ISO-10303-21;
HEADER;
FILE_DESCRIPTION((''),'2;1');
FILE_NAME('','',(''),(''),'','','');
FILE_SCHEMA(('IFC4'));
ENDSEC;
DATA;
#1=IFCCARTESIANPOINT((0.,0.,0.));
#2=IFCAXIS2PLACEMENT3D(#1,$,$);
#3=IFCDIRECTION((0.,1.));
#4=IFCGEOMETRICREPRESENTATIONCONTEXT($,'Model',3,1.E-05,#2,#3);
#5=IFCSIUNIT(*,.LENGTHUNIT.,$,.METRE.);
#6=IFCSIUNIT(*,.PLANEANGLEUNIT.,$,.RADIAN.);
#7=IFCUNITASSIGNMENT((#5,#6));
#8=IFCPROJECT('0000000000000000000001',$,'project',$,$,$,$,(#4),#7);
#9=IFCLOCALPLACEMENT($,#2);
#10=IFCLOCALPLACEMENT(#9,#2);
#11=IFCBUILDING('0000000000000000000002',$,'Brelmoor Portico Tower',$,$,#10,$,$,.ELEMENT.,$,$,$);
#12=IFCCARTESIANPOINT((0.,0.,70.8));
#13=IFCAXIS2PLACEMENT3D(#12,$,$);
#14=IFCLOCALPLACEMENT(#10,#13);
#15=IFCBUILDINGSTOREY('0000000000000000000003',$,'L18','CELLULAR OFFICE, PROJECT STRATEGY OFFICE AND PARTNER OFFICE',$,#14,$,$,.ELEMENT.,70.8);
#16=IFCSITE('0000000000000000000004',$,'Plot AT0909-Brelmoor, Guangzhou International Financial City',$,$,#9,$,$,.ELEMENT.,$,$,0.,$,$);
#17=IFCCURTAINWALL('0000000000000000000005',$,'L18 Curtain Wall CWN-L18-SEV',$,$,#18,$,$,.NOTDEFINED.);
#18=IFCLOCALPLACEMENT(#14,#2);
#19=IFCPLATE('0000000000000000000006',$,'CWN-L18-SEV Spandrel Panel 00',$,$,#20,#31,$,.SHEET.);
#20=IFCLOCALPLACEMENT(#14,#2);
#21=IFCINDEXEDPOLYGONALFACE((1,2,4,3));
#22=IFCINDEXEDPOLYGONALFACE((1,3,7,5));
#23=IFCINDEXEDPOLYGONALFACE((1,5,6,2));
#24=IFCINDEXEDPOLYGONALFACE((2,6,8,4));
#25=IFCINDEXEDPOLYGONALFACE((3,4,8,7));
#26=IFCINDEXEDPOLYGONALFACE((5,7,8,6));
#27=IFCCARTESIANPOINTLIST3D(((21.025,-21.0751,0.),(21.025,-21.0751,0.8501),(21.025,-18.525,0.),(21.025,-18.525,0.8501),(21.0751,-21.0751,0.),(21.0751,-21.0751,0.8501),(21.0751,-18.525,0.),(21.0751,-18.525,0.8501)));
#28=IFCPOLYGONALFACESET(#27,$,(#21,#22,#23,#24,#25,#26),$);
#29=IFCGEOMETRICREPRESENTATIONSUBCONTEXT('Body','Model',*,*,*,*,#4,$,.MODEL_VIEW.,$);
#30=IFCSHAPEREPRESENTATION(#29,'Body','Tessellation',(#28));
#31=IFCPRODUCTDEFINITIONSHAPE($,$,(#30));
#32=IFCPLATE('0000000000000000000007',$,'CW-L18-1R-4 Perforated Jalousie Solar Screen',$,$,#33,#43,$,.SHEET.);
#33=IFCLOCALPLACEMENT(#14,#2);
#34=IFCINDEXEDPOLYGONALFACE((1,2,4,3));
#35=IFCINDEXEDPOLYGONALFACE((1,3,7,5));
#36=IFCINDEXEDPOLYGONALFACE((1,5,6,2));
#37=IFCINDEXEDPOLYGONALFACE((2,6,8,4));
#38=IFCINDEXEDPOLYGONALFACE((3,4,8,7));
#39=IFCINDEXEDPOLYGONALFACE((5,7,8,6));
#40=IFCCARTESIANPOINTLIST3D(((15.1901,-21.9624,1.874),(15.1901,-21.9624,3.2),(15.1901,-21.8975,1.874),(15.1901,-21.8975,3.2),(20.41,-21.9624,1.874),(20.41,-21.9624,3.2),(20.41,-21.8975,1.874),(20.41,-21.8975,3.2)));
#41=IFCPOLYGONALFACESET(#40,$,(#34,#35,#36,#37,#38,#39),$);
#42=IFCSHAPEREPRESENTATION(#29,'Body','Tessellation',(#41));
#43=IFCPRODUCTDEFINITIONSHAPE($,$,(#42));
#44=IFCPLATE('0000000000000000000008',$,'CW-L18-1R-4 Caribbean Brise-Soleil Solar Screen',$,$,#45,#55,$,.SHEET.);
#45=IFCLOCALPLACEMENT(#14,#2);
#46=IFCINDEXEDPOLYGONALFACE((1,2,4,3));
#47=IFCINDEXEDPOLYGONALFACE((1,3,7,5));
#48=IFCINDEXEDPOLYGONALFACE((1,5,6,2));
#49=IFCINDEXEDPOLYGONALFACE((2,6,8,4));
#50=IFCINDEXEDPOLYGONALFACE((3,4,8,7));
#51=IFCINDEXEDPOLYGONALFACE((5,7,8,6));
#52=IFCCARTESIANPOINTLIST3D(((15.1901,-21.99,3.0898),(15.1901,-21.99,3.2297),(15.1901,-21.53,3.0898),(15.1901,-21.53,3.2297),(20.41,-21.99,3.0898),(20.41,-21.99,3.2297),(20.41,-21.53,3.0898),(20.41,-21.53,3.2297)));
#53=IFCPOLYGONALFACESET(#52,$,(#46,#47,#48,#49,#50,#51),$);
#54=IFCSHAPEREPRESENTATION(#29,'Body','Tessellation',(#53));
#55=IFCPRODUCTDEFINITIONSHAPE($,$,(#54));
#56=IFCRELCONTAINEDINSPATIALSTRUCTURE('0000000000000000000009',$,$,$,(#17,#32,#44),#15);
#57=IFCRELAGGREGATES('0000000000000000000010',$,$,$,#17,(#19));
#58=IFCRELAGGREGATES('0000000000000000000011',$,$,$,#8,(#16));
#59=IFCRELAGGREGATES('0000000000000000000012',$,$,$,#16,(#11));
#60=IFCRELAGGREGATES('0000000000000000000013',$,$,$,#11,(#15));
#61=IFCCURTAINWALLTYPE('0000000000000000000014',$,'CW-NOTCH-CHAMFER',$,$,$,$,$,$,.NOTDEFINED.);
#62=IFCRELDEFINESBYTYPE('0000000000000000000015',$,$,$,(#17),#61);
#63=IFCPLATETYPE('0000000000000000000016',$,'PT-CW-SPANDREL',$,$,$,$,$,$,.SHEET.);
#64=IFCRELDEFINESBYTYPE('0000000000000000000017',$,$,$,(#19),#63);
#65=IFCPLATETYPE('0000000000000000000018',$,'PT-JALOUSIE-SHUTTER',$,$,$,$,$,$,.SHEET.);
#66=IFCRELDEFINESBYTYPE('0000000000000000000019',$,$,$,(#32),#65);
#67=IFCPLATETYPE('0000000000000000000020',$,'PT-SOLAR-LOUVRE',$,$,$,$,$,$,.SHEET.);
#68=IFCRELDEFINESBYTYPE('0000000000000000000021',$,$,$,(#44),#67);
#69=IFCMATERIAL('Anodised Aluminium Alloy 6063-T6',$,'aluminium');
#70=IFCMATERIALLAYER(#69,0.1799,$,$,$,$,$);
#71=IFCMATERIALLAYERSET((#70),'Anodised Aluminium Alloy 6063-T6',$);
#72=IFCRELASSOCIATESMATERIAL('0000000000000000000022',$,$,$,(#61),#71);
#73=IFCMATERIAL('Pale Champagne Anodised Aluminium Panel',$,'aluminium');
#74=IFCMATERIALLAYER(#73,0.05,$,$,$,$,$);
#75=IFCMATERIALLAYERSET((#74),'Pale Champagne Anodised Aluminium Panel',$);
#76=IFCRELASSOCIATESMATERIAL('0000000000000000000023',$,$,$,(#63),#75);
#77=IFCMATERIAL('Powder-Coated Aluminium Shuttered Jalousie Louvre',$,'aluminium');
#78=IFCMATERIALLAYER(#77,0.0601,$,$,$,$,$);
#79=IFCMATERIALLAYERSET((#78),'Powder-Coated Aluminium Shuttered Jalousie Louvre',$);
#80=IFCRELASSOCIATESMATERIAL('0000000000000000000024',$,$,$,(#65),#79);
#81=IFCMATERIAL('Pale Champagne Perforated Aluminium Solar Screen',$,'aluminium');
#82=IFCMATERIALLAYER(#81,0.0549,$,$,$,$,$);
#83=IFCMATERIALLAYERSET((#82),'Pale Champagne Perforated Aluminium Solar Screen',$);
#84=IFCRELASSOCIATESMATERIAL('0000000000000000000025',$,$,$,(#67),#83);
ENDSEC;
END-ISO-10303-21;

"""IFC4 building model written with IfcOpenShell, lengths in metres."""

from ifc_helpers import new_model, si_unit, direction, frame, origin, origin_2d, place, context, subcontext, project, spatial, rectangle, extrude, material, layer, layer_set, type_object, element, aggregate, save


model = new_model("IFC4")

# Units and contexts
model_context = context("Model", 3, precision=1e-05, world=origin(), true_north=direction((0.0, 1.0)))
body_context = subcontext(model_context, "Body", "Model", "MODEL_VIEW")
ifc_project = project(units=[si_unit("LENGTHUNIT", "METRE"), si_unit("PLANEANGLEUNIT", "RADIAN")], contexts=[model_context])

# Site, building, storey
site_placement = place(None, origin())
site = spatial("IfcSite", under=ifc_project, at=site_placement, Name="Plot AT0909-Brelmoor, Guangzhou International Financial City", CompositionType="ELEMENT", RefElevation=0.0)
building_placement = place(site_placement, origin())
building = spatial("IfcBuilding", under=site, at=building_placement, Name="Brelmoor Portico Tower", CompositionType="ELEMENT")
storey_placement = place(building_placement, frame((0.0, 0.0, 70.8)))
storey = spatial("IfcBuildingStorey", under=building, at=storey_placement, Name="L18", Description="CELLULAR OFFICE, PROJECT STRATEGY OFFICE AND PARTNER OFFICE", CompositionType="ELEMENT", Elevation=70.8)

# Curtain wall
ifc_material_1 = material(Name="Anodised Aluminium Alloy 6063-T6", Category="aluminium")
ifc_layer_1 = layer(ifc_material_1, 0.1799)
ifc_layer_set_1 = layer_set([ifc_layer_1], Name="Anodised Aluminium Alloy 6063-T6")
curtain_wall_type_1 = type_object("IfcCurtainWallType", Name="CW-NOTCH-CHAMFER", PredefinedType="NOTDEFINED", material=ifc_layer_set_1)
curtain_wall_1_placement = place(storey_placement, origin())
curtain_wall_1 = element("IfcCurtainWall", 1, at=curtain_wall_1_placement, inside=storey, type_object=curtain_wall_type_1, Name="L18 Curtain Wall CWN-L18-SEV", PredefinedType="NOTDEFINED")

# Plate
ifc_material_2 = material(Name="Pale Champagne Anodised Aluminium Panel", Category="aluminium")
ifc_layer_2 = layer(ifc_material_2, 0.05)
ifc_layer_set_2 = layer_set([ifc_layer_2], Name="Pale Champagne Anodised Aluminium Panel")
plate_type_1 = type_object("IfcPlateType", Name="PT-CW-SPANDREL", PredefinedType="SHEET", material=ifc_layer_set_2)
plate_1_placement = place(storey_placement, frame((21.05, -19.8, 0.0), z_axis=(0.0, 0.0, 1.0), x_axis=(0.0, 1.0, 0.0)))
plate_1 = element("IfcPlate", 2, at=plate_1_placement, type_object=plate_type_1, Name="CWN-L18-SEV Spandrel Panel 00", PredefinedType="SHEET", context=body_context, shape_type="SweptSolid", body=[
    extrude(rectangle(XDim=2.55, YDim=0.05, at=origin_2d()), origin(), (0.0, 0.0, 1.0), 0.8501),
])
aggregate(curtain_wall_1, [plate_1])

# Plates
ifc_material_3 = material(Name="Powder-Coated Aluminium Shuttered Jalousie Louvre", Category="aluminium")
ifc_layer_3 = layer(ifc_material_3, 0.0601)
ifc_layer_set_3 = layer_set([ifc_layer_3], Name="Powder-Coated Aluminium Shuttered Jalousie Louvre")
plate_type_2 = type_object("IfcPlateType", Name="PT-JALOUSIE-SHUTTER", PredefinedType="SHEET", material=ifc_layer_set_3)
plate_2_placement = place(storey_placement, frame((17.8, -21.9299, 1.874), z_axis=(0.0, 0.0, 1.0), x_axis=(1.0, 0.0, 0.0)))
element("IfcPlate", 3, at=plate_2_placement, inside=storey, type_object=plate_type_2, Name="CW-L18-1R-4 Perforated Jalousie Solar Screen", PredefinedType="SHEET", context=body_context, shape_type="SweptSolid", body=[
    extrude(rectangle(XDim=5.22, YDim=0.0649, at=origin_2d()), origin(), (0.0, 0.0, 1.0), 1.3259),
])
ifc_material_4 = material(Name="Pale Champagne Perforated Aluminium Solar Screen", Category="aluminium")
ifc_layer_4 = layer(ifc_material_4, 0.0549)
ifc_layer_set_4 = layer_set([ifc_layer_4], Name="Pale Champagne Perforated Aluminium Solar Screen")
plate_type_3 = type_object("IfcPlateType", Name="PT-SOLAR-LOUVRE", PredefinedType="SHEET", material=ifc_layer_set_4)
plate_3_placement = place(storey_placement, frame((17.8, -21.76, 3.0898), z_axis=(0.0, 0.0, 1.0), x_axis=(1.0, 0.0, 0.0)))
element("IfcPlate", 4, at=plate_3_placement, inside=storey, type_object=plate_type_3, Name="CW-L18-1R-4 Caribbean Brise-Soleil Solar Screen", PredefinedType="SHEET", context=body_context, shape_type="SweptSolid", body=[
    extrude(rectangle(XDim=5.22, YDim=0.46, at=origin_2d()), origin(), (0.0, 0.0, 1.0), 0.1399),
])

save(model, "model.ifc")
